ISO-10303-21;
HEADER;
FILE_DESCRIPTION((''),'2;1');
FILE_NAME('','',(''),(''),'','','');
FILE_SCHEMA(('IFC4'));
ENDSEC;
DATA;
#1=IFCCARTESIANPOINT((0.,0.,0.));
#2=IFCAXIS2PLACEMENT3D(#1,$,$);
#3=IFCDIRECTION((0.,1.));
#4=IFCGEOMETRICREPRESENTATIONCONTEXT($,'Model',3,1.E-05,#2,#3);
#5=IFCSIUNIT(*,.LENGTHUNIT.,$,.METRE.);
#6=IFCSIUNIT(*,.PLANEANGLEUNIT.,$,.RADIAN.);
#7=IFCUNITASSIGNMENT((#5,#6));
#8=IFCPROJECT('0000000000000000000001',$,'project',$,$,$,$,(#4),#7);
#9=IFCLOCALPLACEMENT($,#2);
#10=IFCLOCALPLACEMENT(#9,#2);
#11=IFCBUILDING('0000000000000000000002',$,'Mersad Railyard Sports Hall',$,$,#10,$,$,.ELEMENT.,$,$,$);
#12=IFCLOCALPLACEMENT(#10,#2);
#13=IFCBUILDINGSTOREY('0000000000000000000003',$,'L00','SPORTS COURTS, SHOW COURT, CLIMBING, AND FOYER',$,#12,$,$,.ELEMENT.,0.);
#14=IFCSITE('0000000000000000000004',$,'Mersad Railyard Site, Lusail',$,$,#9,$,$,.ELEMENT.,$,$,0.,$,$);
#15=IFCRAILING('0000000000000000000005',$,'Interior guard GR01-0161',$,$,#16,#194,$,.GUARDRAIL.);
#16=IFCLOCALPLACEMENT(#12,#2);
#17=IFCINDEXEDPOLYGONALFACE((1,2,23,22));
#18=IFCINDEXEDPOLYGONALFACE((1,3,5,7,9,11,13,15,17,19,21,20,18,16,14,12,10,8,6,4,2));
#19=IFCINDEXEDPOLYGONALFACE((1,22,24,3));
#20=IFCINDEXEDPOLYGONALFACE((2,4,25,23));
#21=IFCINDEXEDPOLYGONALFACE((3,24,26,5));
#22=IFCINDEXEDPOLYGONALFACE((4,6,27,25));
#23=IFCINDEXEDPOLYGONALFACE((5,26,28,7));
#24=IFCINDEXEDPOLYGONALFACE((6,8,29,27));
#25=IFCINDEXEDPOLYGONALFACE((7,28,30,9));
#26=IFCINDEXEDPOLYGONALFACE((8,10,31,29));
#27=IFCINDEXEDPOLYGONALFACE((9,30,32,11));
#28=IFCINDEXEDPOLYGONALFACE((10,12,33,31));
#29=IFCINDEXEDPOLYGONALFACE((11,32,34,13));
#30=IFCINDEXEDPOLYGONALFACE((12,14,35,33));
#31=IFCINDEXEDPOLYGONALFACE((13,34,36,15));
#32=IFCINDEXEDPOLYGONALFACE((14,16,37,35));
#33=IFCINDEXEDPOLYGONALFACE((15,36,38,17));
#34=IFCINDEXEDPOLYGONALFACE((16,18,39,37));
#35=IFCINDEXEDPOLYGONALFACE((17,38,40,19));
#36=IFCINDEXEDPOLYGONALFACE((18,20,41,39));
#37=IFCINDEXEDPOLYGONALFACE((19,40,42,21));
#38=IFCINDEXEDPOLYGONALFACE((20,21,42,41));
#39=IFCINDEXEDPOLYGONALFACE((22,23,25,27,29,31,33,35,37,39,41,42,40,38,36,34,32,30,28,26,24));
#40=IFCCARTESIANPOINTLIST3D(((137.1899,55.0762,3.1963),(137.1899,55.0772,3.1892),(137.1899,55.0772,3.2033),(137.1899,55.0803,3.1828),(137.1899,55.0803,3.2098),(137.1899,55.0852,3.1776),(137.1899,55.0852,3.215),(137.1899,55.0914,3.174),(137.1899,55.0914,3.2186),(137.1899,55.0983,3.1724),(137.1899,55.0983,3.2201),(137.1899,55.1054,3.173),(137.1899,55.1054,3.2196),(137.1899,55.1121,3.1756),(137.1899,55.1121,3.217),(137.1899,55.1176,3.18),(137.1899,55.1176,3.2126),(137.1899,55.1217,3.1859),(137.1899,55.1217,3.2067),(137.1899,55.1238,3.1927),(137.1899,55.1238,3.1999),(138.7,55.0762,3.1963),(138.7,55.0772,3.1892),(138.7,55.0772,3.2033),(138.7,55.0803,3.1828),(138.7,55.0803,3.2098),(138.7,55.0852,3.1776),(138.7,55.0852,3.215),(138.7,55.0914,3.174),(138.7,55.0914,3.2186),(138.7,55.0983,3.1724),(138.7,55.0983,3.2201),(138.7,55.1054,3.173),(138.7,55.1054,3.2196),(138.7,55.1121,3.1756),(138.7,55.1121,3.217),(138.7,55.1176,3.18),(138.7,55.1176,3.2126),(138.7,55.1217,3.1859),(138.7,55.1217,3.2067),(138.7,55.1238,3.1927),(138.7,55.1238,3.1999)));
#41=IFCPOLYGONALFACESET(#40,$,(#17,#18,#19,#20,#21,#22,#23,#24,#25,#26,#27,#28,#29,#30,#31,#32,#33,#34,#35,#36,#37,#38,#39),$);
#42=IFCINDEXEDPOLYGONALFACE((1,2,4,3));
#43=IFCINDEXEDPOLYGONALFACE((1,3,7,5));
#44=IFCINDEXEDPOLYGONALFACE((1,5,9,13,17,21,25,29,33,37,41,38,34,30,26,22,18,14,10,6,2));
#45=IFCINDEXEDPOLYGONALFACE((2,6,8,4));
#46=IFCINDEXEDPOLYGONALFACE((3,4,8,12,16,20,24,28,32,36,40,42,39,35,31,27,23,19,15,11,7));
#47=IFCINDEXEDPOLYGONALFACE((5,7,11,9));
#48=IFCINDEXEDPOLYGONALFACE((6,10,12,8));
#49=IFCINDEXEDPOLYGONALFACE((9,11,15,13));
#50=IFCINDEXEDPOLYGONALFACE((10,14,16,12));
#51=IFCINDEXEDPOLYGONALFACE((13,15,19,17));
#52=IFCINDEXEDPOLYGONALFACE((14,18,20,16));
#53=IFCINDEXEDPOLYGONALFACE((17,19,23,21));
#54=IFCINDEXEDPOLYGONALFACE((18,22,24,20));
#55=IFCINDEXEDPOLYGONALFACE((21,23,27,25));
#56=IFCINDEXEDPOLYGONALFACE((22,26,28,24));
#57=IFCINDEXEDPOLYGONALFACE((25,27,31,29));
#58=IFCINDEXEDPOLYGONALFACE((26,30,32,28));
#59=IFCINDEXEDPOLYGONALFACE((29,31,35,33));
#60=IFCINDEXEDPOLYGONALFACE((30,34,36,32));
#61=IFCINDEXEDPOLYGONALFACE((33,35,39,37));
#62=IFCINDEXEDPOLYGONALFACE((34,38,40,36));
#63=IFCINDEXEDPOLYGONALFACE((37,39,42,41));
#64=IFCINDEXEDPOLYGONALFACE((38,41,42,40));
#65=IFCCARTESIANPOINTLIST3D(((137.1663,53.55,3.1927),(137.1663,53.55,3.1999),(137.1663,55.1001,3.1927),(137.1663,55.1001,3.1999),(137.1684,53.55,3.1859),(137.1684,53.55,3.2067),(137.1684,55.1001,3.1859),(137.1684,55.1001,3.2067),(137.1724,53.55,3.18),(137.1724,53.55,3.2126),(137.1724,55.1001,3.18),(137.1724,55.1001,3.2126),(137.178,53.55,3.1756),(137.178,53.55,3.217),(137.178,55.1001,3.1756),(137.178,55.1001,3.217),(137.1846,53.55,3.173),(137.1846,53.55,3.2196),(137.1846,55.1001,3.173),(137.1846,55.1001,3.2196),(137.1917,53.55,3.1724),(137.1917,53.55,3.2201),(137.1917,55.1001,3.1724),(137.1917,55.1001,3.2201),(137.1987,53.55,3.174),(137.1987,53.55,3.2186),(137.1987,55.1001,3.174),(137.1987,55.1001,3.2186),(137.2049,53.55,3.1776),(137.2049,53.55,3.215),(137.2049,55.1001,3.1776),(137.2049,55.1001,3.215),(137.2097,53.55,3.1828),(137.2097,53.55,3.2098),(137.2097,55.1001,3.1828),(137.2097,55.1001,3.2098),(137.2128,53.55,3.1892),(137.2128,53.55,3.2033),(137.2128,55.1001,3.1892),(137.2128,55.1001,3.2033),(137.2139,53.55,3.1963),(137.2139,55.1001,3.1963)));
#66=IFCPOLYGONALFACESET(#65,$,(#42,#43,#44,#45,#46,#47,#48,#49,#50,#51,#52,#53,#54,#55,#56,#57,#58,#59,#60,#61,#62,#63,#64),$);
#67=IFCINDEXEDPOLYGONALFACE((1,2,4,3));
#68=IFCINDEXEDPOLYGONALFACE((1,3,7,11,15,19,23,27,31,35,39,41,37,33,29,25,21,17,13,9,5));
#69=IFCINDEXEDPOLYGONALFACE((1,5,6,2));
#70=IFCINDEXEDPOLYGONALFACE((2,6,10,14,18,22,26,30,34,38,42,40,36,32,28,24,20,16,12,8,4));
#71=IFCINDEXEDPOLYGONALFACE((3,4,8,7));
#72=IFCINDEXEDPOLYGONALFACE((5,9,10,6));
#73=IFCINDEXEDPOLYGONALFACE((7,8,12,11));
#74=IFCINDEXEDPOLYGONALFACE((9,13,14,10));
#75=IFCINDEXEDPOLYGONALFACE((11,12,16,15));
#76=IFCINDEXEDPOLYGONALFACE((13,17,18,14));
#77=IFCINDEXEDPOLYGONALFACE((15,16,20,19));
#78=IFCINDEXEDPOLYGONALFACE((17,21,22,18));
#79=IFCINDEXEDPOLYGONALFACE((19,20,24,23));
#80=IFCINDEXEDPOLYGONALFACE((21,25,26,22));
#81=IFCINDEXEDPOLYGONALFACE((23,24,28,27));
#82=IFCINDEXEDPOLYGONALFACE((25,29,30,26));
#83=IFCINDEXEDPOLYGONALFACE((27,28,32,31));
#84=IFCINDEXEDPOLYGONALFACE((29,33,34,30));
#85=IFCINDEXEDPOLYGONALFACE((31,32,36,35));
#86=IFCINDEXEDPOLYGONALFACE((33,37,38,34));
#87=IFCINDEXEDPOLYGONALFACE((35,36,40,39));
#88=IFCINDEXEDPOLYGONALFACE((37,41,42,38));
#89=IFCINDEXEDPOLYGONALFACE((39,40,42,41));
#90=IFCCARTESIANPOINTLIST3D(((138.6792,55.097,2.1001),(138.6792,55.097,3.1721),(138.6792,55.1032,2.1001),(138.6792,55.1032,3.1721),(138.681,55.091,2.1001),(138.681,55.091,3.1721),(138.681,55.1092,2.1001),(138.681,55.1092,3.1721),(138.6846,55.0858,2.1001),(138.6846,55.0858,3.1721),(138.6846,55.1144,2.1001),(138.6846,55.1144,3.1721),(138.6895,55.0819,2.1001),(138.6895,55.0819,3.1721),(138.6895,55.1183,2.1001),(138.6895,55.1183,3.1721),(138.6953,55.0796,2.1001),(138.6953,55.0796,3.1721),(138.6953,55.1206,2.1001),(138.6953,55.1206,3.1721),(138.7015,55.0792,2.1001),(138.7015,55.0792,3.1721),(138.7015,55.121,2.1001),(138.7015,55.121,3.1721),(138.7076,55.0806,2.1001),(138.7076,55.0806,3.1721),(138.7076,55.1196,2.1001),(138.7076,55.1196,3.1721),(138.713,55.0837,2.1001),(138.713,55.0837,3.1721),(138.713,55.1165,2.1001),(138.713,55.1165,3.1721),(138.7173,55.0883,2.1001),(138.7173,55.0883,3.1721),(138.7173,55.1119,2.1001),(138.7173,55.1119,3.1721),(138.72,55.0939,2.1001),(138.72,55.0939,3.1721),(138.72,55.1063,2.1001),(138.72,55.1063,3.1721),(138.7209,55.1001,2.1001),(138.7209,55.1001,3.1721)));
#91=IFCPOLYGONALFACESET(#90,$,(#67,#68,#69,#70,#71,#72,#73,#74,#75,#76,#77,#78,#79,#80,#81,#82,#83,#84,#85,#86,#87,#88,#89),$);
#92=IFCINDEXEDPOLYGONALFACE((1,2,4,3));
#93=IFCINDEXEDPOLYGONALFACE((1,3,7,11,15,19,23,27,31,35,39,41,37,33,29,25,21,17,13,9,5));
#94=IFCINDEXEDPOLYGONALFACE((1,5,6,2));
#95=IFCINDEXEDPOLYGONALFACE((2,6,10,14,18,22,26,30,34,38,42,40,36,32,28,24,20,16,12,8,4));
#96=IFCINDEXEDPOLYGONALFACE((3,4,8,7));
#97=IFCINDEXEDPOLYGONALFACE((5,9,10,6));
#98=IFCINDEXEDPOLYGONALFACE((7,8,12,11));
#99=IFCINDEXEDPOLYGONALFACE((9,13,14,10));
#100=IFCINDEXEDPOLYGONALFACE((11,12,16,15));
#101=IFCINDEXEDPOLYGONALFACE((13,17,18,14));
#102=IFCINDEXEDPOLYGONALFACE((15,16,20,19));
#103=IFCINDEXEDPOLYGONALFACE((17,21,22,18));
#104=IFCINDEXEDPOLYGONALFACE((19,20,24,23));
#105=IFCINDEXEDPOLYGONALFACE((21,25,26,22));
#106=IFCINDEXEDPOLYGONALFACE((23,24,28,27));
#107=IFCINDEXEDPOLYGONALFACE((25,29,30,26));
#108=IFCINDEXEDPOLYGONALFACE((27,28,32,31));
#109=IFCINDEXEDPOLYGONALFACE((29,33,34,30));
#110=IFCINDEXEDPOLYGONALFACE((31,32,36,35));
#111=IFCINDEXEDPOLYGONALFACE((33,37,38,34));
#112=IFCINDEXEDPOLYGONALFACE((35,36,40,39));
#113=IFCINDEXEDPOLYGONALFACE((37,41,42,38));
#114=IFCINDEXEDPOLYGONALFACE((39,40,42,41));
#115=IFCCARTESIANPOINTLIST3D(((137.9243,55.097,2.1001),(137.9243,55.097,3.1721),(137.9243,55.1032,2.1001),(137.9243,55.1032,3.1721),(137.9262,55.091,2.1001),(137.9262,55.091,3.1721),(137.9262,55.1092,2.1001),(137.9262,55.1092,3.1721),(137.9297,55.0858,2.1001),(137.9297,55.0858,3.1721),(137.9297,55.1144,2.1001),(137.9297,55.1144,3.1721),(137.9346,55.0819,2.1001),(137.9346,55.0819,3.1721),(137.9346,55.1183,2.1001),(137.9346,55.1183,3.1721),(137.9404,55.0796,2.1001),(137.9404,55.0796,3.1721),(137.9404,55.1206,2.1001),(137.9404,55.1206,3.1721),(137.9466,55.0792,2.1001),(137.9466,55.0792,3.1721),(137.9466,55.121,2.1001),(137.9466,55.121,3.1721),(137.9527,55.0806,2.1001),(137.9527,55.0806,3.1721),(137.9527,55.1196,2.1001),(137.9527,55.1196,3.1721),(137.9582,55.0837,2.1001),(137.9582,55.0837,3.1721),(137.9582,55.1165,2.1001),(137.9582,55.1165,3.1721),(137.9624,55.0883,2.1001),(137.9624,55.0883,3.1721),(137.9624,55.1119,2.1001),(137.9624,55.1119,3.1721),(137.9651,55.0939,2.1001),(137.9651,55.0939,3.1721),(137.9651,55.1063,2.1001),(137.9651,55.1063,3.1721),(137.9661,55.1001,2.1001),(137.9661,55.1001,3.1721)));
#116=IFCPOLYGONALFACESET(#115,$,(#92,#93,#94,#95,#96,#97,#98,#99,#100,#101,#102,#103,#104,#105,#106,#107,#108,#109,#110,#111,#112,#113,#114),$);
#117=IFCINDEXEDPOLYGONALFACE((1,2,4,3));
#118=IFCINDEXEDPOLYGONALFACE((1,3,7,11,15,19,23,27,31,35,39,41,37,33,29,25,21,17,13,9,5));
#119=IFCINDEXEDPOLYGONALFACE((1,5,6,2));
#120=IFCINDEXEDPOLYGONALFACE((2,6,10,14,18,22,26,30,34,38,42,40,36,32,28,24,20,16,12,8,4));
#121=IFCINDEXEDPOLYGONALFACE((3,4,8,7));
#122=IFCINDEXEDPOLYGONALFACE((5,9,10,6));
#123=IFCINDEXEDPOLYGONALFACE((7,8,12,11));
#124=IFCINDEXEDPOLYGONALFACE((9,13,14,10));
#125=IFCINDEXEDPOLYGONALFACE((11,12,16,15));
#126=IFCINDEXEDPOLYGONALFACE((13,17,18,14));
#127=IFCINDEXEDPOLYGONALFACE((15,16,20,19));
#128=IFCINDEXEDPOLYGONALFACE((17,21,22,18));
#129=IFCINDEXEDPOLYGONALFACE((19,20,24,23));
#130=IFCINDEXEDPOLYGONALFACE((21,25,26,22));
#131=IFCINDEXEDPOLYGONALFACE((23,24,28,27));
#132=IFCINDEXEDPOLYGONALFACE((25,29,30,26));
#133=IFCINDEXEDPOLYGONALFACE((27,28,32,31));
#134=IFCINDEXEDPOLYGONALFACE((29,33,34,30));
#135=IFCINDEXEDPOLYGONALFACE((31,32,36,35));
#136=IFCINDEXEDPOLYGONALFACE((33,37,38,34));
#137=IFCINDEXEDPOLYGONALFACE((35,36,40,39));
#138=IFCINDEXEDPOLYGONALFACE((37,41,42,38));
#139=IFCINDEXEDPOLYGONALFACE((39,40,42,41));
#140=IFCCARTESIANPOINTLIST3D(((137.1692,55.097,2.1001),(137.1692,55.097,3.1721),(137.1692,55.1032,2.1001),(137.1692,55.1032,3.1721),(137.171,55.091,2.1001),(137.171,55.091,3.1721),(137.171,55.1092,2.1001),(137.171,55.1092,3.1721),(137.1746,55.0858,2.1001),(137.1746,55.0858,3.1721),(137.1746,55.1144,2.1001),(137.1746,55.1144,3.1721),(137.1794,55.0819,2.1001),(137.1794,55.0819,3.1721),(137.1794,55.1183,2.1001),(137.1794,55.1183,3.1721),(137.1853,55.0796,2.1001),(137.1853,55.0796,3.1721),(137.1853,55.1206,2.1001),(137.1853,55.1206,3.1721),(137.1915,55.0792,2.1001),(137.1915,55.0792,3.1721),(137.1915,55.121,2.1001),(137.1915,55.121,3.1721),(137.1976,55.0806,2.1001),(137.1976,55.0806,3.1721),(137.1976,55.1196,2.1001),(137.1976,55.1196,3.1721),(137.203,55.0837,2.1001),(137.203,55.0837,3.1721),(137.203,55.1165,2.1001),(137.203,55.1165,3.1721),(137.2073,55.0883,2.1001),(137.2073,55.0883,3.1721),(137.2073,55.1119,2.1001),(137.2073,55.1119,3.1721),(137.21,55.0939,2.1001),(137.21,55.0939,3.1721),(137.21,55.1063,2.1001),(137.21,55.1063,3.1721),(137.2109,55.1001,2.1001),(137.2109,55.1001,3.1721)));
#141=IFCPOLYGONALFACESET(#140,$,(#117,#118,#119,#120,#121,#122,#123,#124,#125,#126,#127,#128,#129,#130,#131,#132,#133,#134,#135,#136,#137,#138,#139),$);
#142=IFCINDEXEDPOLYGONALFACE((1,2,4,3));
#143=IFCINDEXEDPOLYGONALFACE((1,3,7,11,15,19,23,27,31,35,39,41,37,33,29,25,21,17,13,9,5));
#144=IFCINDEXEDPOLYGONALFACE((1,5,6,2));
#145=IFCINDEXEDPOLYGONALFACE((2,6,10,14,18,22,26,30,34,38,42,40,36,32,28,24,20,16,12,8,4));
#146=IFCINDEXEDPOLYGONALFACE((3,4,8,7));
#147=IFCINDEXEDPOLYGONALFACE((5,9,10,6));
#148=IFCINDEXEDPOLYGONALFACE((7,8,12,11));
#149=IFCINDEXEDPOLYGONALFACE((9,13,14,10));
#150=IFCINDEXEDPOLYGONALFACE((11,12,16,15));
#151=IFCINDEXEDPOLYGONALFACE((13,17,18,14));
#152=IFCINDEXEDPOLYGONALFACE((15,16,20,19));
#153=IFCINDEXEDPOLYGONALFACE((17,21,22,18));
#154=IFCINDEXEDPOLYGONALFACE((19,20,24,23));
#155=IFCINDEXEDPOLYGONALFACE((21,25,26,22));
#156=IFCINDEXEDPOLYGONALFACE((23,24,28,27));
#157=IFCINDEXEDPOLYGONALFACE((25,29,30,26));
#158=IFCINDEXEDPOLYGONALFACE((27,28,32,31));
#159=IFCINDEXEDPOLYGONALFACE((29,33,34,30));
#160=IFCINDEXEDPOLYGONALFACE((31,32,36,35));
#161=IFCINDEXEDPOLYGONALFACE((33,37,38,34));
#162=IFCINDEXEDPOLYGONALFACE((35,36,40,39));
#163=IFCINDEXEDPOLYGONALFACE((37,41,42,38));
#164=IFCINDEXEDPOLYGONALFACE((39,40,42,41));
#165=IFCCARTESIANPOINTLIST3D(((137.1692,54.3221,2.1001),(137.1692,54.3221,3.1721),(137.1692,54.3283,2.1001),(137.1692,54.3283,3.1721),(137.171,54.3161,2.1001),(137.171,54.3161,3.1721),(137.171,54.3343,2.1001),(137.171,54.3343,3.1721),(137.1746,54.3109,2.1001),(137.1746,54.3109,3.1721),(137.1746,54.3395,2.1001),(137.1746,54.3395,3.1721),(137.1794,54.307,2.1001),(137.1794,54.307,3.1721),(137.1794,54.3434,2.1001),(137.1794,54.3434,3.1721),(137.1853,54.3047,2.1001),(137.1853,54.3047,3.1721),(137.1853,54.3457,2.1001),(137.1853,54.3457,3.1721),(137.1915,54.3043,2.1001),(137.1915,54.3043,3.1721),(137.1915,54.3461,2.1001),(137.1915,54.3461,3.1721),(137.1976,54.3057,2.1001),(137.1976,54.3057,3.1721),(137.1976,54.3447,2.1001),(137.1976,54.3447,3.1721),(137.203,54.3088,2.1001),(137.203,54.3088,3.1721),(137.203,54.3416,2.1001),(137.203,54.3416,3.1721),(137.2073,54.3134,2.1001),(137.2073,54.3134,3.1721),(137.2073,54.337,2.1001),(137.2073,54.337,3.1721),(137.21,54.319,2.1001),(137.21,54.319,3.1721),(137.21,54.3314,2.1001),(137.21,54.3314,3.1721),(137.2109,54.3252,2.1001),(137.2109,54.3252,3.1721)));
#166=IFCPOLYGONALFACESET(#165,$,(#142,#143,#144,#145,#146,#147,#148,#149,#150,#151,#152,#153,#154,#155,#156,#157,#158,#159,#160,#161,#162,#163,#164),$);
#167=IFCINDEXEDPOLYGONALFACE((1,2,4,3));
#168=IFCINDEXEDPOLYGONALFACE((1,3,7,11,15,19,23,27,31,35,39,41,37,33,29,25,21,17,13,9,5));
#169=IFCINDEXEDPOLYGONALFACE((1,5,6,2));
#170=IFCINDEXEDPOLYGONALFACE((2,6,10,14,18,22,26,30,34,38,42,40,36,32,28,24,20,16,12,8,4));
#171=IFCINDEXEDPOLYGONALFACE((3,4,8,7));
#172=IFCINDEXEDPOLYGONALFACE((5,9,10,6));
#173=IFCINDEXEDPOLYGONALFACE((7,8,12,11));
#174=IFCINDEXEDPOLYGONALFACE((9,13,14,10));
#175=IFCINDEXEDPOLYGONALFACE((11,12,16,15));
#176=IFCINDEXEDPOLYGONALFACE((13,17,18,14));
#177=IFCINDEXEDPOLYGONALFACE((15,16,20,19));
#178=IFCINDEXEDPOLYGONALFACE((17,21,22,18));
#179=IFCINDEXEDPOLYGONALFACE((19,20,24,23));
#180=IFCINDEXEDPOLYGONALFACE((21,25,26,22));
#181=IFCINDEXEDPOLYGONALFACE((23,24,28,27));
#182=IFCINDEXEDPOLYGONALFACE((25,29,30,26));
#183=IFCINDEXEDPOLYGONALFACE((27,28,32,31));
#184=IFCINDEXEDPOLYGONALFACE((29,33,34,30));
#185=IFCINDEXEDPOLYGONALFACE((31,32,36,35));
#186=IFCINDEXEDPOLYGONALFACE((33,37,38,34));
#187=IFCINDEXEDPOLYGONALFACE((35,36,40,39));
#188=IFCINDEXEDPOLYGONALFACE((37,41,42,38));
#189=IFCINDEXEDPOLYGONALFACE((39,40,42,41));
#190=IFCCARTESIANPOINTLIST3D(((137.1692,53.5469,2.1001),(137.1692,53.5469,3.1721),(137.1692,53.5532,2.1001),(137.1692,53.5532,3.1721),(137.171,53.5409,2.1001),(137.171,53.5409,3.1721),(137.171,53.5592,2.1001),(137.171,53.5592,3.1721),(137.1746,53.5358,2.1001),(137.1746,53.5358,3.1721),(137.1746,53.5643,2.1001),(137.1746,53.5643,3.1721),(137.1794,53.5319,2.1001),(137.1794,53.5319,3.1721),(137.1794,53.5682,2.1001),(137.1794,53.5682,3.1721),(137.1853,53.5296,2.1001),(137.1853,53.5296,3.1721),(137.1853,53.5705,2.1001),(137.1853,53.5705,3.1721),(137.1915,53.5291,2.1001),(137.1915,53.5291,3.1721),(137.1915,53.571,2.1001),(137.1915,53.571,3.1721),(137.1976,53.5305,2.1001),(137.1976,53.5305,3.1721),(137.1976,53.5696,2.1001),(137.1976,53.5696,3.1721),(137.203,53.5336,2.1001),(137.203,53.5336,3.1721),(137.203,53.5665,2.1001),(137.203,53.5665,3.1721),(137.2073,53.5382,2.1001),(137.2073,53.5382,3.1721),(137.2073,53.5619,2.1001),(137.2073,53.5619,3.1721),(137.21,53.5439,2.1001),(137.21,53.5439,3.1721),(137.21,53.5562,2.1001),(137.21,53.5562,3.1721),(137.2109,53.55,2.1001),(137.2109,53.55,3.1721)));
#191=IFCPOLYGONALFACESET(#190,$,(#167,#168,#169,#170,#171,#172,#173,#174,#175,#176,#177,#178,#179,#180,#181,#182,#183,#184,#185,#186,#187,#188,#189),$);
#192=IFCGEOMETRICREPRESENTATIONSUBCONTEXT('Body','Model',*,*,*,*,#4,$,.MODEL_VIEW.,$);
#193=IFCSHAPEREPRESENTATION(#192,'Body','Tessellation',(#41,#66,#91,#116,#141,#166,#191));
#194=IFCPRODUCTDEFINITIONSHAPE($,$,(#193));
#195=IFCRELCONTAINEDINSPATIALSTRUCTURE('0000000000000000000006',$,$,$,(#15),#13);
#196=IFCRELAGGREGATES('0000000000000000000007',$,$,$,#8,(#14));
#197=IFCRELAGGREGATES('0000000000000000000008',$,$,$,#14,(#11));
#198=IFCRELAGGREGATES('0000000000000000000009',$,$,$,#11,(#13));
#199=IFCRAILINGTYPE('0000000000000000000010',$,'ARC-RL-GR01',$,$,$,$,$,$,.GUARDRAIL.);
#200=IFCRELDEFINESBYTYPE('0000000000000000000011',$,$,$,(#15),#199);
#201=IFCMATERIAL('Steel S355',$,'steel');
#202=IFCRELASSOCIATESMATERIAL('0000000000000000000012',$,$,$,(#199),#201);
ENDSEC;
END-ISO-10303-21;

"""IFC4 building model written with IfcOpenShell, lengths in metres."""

from ifc_helpers import new_model, si_unit, direction, frame, origin, origin_2d, place, context, subcontext, project, spatial, circle, extrude, material, type_object, element, save


model = new_model("IFC4")

# Units and contexts
model_context = context("Model", 3, precision=1e-05, world=origin(), true_north=direction((0.0, 1.0)))
body_context = subcontext(model_context, "Body", "Model", "MODEL_VIEW")
ifc_project = project(units=[si_unit("LENGTHUNIT", "METRE"), si_unit("PLANEANGLEUNIT", "RADIAN")], contexts=[model_context])

# Site, building, storey
site_placement = place(None, origin())
site = spatial("IfcSite", under=ifc_project, at=site_placement, Name="Mersad Railyard Site, Lusail", CompositionType="ELEMENT", RefElevation=0.0)
building_placement = place(site_placement, origin())
building = spatial("IfcBuilding", under=site, at=building_placement, Name="Mersad Railyard Sports Hall", CompositionType="ELEMENT")
storey_placement = place(building_placement, origin())
storey = spatial("IfcBuildingStorey", under=building, at=storey_placement, Name="L00", Description="SPORTS COURTS, SHOW COURT, CLIMBING, AND FOYER", CompositionType="ELEMENT", Elevation=0.0)

# Shared definitions
ifc_material_1 = material(Name="Steel S355", Category="steel")

# Railing
railing_type = type_object("IfcRailingType", Name="ARC-RL-GR01", PredefinedType="GUARDRAIL", material=ifc_material_1)
railing_placement = place(storey_placement, frame((138.7, 55.1001, 2.1001)))
element("IfcRailing", 1, at=railing_placement, inside=storey, type_object=railing_type, Name="Interior guard GR01-0161", PredefinedType="GUARDRAIL", context=body_context, shape_type="SweptSolid", body=[
    extrude(circle(Radius=0.0239, at=origin_2d()), frame((0.0, 0.0, 1.0962), z_axis=(-1.0, 0.0, 0.0), x_axis=(0.0, -1.0, 0.0)), (0.0, 0.0, 1.0), 1.51),
    extrude(circle(Radius=0.0239, at=origin_2d()), frame((-1.51, 0.0, 1.0962), z_axis=(0.0, -1.0, 0.0), x_axis=(1.0, 0.0, 0.0)), (0.0, 0.0, 1.0), 1.55),
    extrude(circle(Radius=0.021, at=origin_2d()), origin(), (0.0, 0.0, 1.0), 1.072),
    extrude(circle(Radius=0.021, at=origin_2d()), frame((-0.7549, 0.0, 0.0)), (0.0, 0.0, 1.0), 1.072),
    extrude(circle(Radius=0.021, at=origin_2d()), frame((-1.51, 0.0, 0.0)), (0.0, 0.0, 1.0), 1.072),
    extrude(circle(Radius=0.021, at=origin_2d()), frame((-1.51, -0.7749, 0.0)), (0.0, 0.0, 1.0), 1.072),
    extrude(circle(Radius=0.021, at=origin_2d()), frame((-1.51, -1.55, 0.0)), (0.0, 0.0, 1.0), 1.072),
])

save(model, "model.ifc")
